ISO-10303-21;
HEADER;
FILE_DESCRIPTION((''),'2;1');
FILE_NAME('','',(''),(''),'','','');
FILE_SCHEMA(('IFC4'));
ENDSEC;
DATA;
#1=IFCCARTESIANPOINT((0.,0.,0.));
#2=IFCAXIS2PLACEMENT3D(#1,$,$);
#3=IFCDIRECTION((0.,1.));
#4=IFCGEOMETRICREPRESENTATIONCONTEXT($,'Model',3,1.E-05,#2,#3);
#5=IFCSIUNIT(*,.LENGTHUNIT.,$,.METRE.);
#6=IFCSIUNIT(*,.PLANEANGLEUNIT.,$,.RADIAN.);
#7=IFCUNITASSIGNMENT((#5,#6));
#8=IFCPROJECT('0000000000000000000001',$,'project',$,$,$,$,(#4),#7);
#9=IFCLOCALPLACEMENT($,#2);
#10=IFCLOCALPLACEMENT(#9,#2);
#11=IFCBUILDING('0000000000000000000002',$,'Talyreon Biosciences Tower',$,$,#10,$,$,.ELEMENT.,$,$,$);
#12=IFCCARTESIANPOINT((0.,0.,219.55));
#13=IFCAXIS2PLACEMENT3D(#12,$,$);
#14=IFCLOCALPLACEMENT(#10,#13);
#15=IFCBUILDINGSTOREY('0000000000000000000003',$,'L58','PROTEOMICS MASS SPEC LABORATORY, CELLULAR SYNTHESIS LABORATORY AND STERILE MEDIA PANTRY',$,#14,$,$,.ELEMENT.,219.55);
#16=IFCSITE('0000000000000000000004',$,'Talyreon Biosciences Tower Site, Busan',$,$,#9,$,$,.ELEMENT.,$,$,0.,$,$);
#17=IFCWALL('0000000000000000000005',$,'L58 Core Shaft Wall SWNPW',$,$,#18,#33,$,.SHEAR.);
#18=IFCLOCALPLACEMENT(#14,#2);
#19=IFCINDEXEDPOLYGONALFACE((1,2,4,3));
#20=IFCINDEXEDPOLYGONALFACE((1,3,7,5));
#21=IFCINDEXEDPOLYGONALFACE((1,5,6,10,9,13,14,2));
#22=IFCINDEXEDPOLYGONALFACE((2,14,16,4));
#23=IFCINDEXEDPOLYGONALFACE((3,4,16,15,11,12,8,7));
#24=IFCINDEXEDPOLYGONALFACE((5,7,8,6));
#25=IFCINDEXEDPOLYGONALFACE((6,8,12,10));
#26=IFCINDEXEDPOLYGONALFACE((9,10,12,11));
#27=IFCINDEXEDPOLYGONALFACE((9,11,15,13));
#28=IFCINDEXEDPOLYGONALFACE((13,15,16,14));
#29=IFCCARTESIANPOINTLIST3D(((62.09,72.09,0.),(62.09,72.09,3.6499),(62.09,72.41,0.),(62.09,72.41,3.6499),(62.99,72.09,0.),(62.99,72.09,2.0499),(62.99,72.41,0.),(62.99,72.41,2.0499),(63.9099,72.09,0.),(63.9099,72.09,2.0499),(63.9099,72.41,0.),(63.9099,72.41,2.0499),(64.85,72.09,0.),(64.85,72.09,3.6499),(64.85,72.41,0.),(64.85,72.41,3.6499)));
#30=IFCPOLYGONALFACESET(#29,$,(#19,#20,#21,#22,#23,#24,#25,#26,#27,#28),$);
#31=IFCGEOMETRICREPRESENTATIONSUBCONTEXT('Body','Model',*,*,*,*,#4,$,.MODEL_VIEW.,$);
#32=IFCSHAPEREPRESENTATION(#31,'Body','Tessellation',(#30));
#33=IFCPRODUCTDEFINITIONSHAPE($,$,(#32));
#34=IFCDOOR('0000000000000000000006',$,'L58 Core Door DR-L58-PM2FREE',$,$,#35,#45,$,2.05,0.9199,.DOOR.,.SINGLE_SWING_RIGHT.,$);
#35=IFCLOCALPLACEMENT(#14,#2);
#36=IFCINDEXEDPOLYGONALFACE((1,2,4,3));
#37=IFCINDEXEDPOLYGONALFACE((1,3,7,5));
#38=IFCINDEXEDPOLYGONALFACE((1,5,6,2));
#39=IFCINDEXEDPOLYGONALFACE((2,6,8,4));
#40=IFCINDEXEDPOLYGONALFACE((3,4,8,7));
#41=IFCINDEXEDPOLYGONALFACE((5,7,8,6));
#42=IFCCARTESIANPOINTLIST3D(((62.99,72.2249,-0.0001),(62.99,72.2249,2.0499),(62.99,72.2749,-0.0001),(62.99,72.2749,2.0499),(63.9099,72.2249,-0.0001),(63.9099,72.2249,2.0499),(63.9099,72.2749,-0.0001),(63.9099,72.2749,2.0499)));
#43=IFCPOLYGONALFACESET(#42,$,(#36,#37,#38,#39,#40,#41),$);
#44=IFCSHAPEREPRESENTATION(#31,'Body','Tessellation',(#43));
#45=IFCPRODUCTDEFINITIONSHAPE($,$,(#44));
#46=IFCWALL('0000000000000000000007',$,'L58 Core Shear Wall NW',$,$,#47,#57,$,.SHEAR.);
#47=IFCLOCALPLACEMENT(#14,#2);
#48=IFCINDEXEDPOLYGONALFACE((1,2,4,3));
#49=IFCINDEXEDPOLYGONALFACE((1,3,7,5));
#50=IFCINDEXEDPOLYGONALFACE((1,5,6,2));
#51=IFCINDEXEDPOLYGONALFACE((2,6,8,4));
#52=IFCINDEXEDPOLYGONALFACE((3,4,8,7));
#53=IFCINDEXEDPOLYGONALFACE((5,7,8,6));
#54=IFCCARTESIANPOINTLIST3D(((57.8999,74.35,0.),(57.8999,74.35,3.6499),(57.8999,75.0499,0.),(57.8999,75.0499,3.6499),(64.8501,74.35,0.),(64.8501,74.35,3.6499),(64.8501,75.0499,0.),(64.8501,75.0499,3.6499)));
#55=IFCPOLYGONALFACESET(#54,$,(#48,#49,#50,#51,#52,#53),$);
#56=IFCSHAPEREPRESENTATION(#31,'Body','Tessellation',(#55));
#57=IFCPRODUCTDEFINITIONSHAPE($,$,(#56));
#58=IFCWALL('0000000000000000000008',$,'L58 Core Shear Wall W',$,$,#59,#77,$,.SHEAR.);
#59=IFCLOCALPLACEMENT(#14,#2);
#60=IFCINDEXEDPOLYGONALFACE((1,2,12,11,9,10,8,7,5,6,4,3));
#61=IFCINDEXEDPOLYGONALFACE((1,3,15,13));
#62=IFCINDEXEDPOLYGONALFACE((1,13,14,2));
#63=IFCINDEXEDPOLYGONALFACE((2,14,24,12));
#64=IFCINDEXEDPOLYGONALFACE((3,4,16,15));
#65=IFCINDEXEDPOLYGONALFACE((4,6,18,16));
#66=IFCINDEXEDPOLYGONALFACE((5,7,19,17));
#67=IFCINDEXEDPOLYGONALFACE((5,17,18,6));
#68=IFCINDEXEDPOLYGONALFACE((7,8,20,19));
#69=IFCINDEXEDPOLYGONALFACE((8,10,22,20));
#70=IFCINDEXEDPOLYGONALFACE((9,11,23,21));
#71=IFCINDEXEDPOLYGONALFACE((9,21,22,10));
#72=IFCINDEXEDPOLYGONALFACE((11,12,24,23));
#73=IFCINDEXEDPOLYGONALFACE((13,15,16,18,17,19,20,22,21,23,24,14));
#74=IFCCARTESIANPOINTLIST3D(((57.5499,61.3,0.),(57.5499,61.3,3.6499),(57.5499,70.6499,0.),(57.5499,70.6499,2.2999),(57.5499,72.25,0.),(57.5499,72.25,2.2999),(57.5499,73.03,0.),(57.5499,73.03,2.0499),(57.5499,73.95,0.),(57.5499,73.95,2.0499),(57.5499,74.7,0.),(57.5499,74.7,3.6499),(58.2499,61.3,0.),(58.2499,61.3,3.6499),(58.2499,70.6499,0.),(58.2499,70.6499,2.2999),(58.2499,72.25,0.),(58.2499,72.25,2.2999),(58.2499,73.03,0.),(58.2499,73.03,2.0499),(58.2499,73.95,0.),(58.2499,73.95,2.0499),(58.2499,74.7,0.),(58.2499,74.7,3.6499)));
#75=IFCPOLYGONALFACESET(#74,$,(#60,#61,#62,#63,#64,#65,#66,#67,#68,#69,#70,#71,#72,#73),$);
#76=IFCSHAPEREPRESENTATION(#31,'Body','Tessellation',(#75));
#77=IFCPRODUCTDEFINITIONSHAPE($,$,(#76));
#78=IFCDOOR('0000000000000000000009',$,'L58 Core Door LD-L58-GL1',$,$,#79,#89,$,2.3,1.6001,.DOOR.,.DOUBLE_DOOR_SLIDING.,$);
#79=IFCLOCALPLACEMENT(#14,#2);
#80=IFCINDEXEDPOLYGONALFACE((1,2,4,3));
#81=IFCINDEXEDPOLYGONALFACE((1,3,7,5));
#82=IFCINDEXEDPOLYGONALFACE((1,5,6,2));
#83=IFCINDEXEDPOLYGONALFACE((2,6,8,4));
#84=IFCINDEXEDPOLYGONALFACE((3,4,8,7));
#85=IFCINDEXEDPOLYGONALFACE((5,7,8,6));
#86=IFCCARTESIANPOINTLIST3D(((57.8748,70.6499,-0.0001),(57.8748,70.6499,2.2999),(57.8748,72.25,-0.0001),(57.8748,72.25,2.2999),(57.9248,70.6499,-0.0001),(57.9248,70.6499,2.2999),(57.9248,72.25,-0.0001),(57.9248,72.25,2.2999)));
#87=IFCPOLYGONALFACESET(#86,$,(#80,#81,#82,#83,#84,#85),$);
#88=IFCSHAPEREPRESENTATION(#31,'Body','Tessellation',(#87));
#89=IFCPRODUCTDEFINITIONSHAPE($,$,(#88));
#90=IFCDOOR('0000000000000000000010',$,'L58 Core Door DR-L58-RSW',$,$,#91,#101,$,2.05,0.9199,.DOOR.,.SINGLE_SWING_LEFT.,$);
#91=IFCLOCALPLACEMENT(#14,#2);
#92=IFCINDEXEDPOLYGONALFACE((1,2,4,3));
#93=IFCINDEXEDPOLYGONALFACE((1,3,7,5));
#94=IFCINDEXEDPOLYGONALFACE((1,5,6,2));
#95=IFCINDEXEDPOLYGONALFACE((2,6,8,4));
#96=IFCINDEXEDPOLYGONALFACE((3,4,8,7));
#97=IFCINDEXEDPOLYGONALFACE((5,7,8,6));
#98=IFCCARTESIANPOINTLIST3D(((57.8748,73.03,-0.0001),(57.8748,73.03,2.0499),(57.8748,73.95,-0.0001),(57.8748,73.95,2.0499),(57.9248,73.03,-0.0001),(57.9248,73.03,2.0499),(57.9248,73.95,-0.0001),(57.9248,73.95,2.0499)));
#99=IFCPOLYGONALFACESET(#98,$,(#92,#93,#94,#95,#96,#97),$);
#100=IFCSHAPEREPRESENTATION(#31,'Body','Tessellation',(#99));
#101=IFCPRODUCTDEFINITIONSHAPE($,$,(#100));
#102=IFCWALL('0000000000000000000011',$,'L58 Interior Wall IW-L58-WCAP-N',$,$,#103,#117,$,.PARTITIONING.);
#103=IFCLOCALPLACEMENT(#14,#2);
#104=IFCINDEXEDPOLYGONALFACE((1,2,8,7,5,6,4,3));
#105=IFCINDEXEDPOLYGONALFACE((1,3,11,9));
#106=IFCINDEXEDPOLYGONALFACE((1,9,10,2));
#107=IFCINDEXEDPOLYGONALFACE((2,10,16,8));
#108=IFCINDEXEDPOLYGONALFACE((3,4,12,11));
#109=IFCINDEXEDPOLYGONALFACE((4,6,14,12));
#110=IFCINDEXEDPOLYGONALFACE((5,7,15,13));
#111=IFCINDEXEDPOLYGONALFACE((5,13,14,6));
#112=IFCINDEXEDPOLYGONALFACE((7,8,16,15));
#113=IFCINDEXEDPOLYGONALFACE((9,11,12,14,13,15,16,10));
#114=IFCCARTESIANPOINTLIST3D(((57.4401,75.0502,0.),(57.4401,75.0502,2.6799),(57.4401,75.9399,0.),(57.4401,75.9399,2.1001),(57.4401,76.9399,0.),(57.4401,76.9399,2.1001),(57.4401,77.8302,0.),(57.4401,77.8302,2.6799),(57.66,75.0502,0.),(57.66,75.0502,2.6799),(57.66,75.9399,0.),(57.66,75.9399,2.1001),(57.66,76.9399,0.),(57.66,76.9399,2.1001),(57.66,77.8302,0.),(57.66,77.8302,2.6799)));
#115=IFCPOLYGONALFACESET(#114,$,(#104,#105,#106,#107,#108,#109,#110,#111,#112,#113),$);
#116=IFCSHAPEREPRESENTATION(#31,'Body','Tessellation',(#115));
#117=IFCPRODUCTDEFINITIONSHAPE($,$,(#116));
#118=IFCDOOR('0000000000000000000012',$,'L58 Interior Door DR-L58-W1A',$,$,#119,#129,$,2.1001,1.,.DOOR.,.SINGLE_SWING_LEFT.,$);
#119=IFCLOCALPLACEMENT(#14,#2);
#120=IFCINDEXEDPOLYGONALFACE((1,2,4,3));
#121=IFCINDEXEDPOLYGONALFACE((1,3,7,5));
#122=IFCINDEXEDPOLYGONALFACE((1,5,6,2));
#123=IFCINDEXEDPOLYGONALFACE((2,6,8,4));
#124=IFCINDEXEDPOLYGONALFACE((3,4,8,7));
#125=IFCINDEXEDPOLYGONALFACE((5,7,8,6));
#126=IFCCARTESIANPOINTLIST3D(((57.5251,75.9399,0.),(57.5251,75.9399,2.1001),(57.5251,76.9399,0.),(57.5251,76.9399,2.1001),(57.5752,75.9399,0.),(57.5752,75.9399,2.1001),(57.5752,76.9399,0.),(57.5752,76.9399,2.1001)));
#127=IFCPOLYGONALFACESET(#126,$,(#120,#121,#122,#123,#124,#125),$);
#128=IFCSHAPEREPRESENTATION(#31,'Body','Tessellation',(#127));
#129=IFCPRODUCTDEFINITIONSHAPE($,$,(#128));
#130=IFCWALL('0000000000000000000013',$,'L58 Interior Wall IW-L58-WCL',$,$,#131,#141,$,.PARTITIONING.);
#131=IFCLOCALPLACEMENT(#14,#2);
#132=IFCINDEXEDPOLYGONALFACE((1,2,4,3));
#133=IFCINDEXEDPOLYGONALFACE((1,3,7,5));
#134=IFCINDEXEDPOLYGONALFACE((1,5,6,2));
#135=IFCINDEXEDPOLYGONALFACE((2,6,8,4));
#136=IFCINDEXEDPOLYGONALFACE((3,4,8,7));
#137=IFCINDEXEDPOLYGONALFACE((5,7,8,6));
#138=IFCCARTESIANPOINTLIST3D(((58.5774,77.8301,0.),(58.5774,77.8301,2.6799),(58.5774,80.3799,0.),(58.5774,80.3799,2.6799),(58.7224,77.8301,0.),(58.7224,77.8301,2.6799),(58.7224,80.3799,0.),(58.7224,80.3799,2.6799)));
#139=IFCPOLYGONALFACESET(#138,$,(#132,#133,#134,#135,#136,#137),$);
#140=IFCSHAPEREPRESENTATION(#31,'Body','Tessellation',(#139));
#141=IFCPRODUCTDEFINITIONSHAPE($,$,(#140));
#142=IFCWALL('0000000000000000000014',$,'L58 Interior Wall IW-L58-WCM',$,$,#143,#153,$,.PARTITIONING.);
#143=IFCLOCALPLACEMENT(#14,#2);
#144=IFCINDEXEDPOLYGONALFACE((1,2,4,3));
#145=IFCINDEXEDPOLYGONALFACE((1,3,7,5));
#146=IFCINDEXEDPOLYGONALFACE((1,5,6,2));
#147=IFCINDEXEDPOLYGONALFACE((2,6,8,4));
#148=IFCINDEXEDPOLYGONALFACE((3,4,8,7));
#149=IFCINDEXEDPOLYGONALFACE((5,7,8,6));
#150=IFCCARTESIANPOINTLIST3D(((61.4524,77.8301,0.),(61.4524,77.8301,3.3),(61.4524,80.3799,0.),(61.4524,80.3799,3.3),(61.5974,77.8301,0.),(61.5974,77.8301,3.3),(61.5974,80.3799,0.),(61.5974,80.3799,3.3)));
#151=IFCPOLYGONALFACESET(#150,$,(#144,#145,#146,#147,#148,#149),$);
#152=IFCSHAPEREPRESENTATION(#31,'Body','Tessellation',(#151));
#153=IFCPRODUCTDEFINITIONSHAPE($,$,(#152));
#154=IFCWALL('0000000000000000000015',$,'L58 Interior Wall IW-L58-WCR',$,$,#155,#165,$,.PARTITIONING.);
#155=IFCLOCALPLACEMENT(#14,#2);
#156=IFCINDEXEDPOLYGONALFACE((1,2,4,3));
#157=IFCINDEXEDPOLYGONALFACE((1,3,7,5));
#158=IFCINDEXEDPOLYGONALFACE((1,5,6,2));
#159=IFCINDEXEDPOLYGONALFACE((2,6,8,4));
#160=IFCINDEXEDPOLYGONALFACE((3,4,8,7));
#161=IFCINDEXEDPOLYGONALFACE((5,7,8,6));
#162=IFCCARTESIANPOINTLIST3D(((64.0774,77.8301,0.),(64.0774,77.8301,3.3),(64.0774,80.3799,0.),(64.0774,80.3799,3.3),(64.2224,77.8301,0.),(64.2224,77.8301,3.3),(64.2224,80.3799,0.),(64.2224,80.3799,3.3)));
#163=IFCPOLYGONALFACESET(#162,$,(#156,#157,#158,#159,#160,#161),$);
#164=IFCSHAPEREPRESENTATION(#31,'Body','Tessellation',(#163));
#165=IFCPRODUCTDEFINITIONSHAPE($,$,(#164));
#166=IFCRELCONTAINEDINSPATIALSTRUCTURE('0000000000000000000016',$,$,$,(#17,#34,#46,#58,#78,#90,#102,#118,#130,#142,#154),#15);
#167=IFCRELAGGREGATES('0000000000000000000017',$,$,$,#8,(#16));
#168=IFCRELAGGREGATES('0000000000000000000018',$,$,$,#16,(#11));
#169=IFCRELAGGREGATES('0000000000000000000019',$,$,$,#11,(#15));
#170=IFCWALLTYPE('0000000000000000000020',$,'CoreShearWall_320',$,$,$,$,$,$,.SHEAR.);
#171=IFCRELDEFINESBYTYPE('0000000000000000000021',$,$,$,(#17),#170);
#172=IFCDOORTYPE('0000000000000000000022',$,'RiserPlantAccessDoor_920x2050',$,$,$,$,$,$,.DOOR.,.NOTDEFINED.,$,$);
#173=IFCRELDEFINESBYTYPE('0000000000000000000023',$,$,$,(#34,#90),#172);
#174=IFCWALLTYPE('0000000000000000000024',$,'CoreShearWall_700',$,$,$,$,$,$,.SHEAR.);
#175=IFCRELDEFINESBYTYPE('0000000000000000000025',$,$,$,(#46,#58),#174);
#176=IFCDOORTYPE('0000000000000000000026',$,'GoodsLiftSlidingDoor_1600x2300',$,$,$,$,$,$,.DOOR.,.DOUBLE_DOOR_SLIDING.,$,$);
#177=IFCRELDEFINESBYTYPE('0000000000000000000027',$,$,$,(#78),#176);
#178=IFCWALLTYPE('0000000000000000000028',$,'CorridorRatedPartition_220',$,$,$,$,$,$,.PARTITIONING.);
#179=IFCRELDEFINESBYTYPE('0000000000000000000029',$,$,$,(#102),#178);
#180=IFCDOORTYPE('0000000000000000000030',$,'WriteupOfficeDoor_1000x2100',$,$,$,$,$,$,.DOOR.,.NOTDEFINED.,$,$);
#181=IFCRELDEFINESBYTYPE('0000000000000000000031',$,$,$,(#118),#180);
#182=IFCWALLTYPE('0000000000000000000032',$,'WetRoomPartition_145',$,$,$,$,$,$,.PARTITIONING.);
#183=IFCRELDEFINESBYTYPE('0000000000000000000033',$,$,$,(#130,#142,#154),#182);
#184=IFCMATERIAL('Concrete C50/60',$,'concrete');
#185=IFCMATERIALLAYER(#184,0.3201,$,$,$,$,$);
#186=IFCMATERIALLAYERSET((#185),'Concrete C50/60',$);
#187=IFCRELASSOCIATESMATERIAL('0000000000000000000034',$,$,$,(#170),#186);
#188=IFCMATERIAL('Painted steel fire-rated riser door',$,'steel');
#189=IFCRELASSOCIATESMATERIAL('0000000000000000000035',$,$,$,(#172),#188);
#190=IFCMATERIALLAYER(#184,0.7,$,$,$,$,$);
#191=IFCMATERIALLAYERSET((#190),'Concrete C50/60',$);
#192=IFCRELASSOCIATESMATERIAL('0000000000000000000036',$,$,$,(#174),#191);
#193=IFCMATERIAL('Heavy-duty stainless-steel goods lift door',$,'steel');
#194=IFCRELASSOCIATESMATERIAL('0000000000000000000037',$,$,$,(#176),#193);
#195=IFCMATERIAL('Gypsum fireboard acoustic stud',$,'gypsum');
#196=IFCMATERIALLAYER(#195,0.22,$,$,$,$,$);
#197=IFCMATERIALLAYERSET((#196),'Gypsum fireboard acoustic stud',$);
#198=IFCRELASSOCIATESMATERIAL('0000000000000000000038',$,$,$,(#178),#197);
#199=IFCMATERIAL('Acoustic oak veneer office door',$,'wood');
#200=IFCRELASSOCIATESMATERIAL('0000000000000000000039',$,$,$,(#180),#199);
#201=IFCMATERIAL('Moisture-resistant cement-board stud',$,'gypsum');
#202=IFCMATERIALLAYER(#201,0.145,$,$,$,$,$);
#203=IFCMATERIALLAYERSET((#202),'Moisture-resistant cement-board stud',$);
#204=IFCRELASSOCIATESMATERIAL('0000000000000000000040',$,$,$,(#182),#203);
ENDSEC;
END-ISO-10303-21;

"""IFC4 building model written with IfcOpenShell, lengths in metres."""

from ifc_helpers import new_model, si_unit, direction, frame, frame_2d, origin, place, context, subcontext, project, spatial, rectangle, extrude, material, layer, layer_set, type_object, element, fill, save


model = new_model("IFC4")

# Units and contexts
model_context = context("Model", 3, precision=1e-05, world=origin(), true_north=direction((0.0, 1.0)))
body_context = subcontext(model_context, "Body", "Model", "MODEL_VIEW")
ifc_project = project(units=[si_unit("LENGTHUNIT", "METRE"), si_unit("PLANEANGLEUNIT", "RADIAN")], contexts=[model_context])

# Site, building, storey
site_placement = place(None, origin())
site = spatial("IfcSite", under=ifc_project, at=site_placement, Name="Talyreon Biosciences Tower Site, Busan", CompositionType="ELEMENT", RefElevation=0.0)
building_placement = place(site_placement, origin())
building = spatial("IfcBuilding", under=site, at=building_placement, Name="Talyreon Biosciences Tower", CompositionType="ELEMENT")
storey_placement = place(building_placement, frame((0.0, 0.0, 219.55)))
storey = spatial("IfcBuildingStorey", under=building, at=storey_placement, Name="L58", Description="PROTEOMICS MASS SPEC LABORATORY, CELLULAR SYNTHESIS LABORATORY AND STERILE MEDIA PANTRY", CompositionType="ELEMENT", Elevation=219.55)

# Shared definitions
ifc_material_1 = material(Name="Concrete C50/60", Category="concrete")

# Shared definitions
ifc_layer_1 = layer(ifc_material_1, 0.3201)
ifc_layer_set_1 = layer_set([ifc_layer_1], Name="Concrete C50/60")
wall_type_1 = type_object("IfcWallType", Name="CoreShearWall_320", PredefinedType="SHEAR", material=ifc_layer_set_1)

# Wall, opening, door
wall_1_placement = place(storey_placement, frame((62.0901, 72.25, 0.0), z_axis=(0.0, 0.0, 1.0), x_axis=(1.0, 0.0, 0.0)))
wall_1 = element("IfcWall", 1, at=wall_1_placement, inside=storey, type_object=wall_type_1, Name="L58 Core Shaft Wall SWNPW", PredefinedType="SHEAR", context=body_context, shape_type="SweptSolid", body=[
    extrude(rectangle(XDim=2.76, YDim=0.3201, at=frame_2d((1.3799, 0.0))), origin(), (0.0, 0.0, 1.0), 3.6499),
])
opening_1_placement = place(wall_1_placement, frame((0.8999, 0.0, 0.0)))
opening_1 = element("IfcOpeningElement", 2, at=opening_1_placement, cuts=wall_1, PredefinedType="OPENING", context=body_context, shape_type="SweptSolid", body=[
    extrude(rectangle(XDim=0.9199, YDim=2.05, at=frame_2d((0.46, 1.0249))), frame((0.0, 0.1699, 0.0), z_axis=(0.0, -1.0, 0.0), x_axis=(1.0, 0.0, 0.0)), (0.0, 0.0, 1.0), 0.3401),
])
ifc_material_2 = material(Name="Painted steel fire-rated riser door", Category="steel")
door_type_1 = type_object("IfcDoorType", Name="RiserPlantAccessDoor_920x2050", OperationType="NOTDEFINED", PredefinedType="DOOR", material=ifc_material_2)
door_1_placement = place(opening_1_placement, origin())
door_1 = element("IfcDoor", 3, at=door_1_placement, inside=storey, type_object=door_type_1, Name="L58 Core Door DR-L58-PM2FREE", OperationType="SINGLE_SWING_RIGHT", OverallHeight=2.05, OverallWidth=0.9199, PredefinedType="DOOR", context=body_context, shape_type="SweptSolid", body=[
    extrude(rectangle(XDim=0.9199, YDim=2.05, at=frame_2d((0.46, 1.0249))), frame((0.0, 0.0249, 0.0), z_axis=(0.0, -1.0, 0.0), x_axis=(1.0, 0.0, 0.0)), (0.0, 0.0, 1.0), 0.05),
])
fill(opening_1, door_1)

# Wall
ifc_layer_2 = layer(ifc_material_1, 0.7)
ifc_layer_set_2 = layer_set([ifc_layer_2], Name="Concrete C50/60")
wall_type_2 = type_object("IfcWallType", Name="CoreShearWall_700", PredefinedType="SHEAR", material=ifc_layer_set_2)
wall_2_placement = place(storey_placement, frame((64.8501, 74.7, 0.0), z_axis=(0.0, 0.0, 1.0), x_axis=(-1.0, 0.0, 0.0)))
element("IfcWall", 4, at=wall_2_placement, inside=storey, type_object=wall_type_2, Name="L58 Core Shear Wall NW", PredefinedType="SHEAR", context=body_context, shape_type="SweptSolid", body=[
    extrude(rectangle(XDim=6.9502, YDim=0.7, at=frame_2d((3.4751, 0.0))), origin(), (0.0, 0.0, 1.0), 3.6499),
])

# Wall, openings, doors
wall_3_placement = place(storey_placement, frame((57.8999, 74.7, 0.0), z_axis=(0.0, 0.0, 1.0), x_axis=(0.0, -1.0, 0.0)))
wall_3 = element("IfcWall", 5, at=wall_3_placement, inside=storey, type_object=wall_type_2, Name="L58 Core Shear Wall W", PredefinedType="SHEAR", context=body_context, shape_type="SweptSolid", body=[
    extrude(rectangle(XDim=13.3999, YDim=0.7, at=frame_2d((6.7, 0.0))), origin(), (0.0, 0.0, 1.0), 3.6499),
])
opening_2_placement = place(wall_3_placement, frame((0.75, 0.0, 0.0)))
opening_2 = element("IfcOpeningElement", 6, at=opening_2_placement, cuts=wall_3, PredefinedType="OPENING", context=body_context, shape_type="SweptSolid", body=[
    extrude(rectangle(XDim=0.9199, YDim=2.05, at=frame_2d((0.46, 1.0249))), frame((0.0, 0.3599, 0.0), z_axis=(0.0, -1.0, 0.0), x_axis=(1.0, 0.0, 0.0)), (0.0, 0.0, 1.0), 0.72),
])
opening_3_placement = place(wall_3_placement, frame((2.45, 0.0, 0.0)))
opening_3 = element("IfcOpeningElement", 7, at=opening_3_placement, cuts=wall_3, PredefinedType="OPENING", context=body_context, shape_type="SweptSolid", body=[
    extrude(rectangle(XDim=1.6001, YDim=2.3, at=frame_2d((0.8, 1.1499))), frame((0.0, 0.3599, 0.0), z_axis=(0.0, -1.0, 0.0), x_axis=(1.0, 0.0, 0.0)), (0.0, 0.0, 1.0), 0.72),
])
ifc_material_3 = material(Name="Heavy-duty stainless-steel goods lift door", Category="steel")
door_type_2 = type_object("IfcDoorType", Name="GoodsLiftSlidingDoor_1600x2300", OperationType="DOUBLE_DOOR_SLIDING", PredefinedType="DOOR", material=ifc_material_3)
door_2_placement = place(opening_3_placement, origin())
door_2 = element("IfcDoor", 8, at=door_2_placement, inside=storey, type_object=door_type_2, Name="L58 Core Door LD-L58-GL1", OperationType="DOUBLE_DOOR_SLIDING", OverallHeight=2.3, OverallWidth=1.6001, PredefinedType="DOOR", context=body_context, shape_type="SweptSolid", body=[
    extrude(rectangle(XDim=1.6001, YDim=2.3, at=frame_2d((0.8, 1.1499))), frame((0.0, 0.0249, 0.0), z_axis=(0.0, -1.0, 0.0), x_axis=(1.0, 0.0, 0.0)), (0.0, 0.0, 1.0), 0.05),
])
fill(opening_3, door_2)
door_3_placement = place(opening_2_placement, origin())
door_3 = element("IfcDoor", 9, at=door_3_placement, inside=storey, type_object=door_type_1, Name="L58 Core Door DR-L58-RSW", OperationType="SINGLE_SWING_LEFT", OverallHeight=2.05, OverallWidth=0.9199, PredefinedType="DOOR", context=body_context, shape_type="SweptSolid", body=[
    extrude(rectangle(XDim=0.9199, YDim=2.05, at=frame_2d((0.46, 1.0249))), frame((0.0, 0.0249, 0.0), z_axis=(0.0, -1.0, 0.0), x_axis=(1.0, 0.0, 0.0)), (0.0, 0.0, 1.0), 0.05),
])
fill(opening_2, door_3)

# Wall, opening, door
ifc_material_4 = material(Name="Gypsum fireboard acoustic stud", Category="gypsum")
ifc_layer_3 = layer(ifc_material_4, 0.22)
ifc_layer_set_3 = layer_set([ifc_layer_3], Name="Gypsum fireboard acoustic stud")
wall_type_3 = type_object("IfcWallType", Name="CorridorRatedPartition_220", PredefinedType="PARTITIONING", material=ifc_layer_set_3)
wall_4_placement = place(storey_placement, frame((57.55, 75.05, 0.0), z_axis=(0.0, 0.0, 1.0), x_axis=(0.0, 1.0, 0.0)))
wall_4 = element("IfcWall", 10, at=wall_4_placement, inside=storey, type_object=wall_type_3, Name="L58 Interior Wall IW-L58-WCAP-N", PredefinedType="PARTITIONING", context=body_context, shape_type="SweptSolid", body=[
    extrude(rectangle(XDim=2.78, YDim=0.22, at=frame_2d((1.3901, 0.0))), origin(), (0.0, 0.0, 1.0), 2.6799),
])
opening_4_placement = place(wall_4_placement, frame((0.8899, 0.0, 0.0)))
opening_4 = element("IfcOpeningElement", 11, at=opening_4_placement, cuts=wall_4, PredefinedType="OPENING", context=body_context, shape_type="SweptSolid", body=[
    extrude(rectangle(XDim=1.0, YDim=2.1001, at=frame_2d((0.5, 1.05))), frame((0.0, 0.1199, 0.0), z_axis=(0.0, -1.0, 0.0), x_axis=(1.0, 0.0, 0.0)), (0.0, 0.0, 1.0), 0.24),
])
ifc_material_5 = material(Name="Acoustic oak veneer office door", Category="wood")
door_type_3 = type_object("IfcDoorType", Name="WriteupOfficeDoor_1000x2100", OperationType="NOTDEFINED", PredefinedType="DOOR", material=ifc_material_5)
door_4_placement = place(opening_4_placement, origin())
door_4 = element("IfcDoor", 12, at=door_4_placement, inside=storey, type_object=door_type_3, Name="L58 Interior Door DR-L58-W1A", OperationType="SINGLE_SWING_LEFT", OverallHeight=2.1001, OverallWidth=1.0, PredefinedType="DOOR", context=body_context, shape_type="SweptSolid", body=[
    extrude(rectangle(XDim=1.0, YDim=2.1001, at=frame_2d((0.5, 1.05))), frame((0.0, 0.0249, 0.0), z_axis=(0.0, -1.0, 0.0), x_axis=(1.0, 0.0, 0.0)), (0.0, 0.0, 1.0), 0.05),
])
fill(opening_4, door_4)

# Walls
ifc_material_6 = material(Name="Moisture-resistant cement-board stud", Category="gypsum")
ifc_layer_4 = layer(ifc_material_6, 0.145)
ifc_layer_set_4 = layer_set([ifc_layer_4], Name="Moisture-resistant cement-board stud")
wall_type_4 = type_object("IfcWallType", Name="WetRoomPartition_145", PredefinedType="PARTITIONING", material=ifc_layer_set_4)
wall_5_placement = place(storey_placement, frame((58.6499, 77.8301, 0.0), z_axis=(0.0, 0.0, 1.0), x_axis=(0.0, 1.0, 0.0)))
element("IfcWall", 13, at=wall_5_placement, inside=storey, type_object=wall_type_4, Name="L58 Interior Wall IW-L58-WCL", PredefinedType="PARTITIONING", context=body_context, shape_type="SweptSolid", body=[
    extrude(rectangle(XDim=2.5498, YDim=0.145, at=frame_2d((1.2749, 0.0))), origin(), (0.0, 0.0, 1.0), 2.6799),
])
for number, where, z_axis, x_axis, name in (
    (14, (61.5249, 77.8301, 0.0), (0.0, 0.0, 1.0), (0.0, 1.0, 0.0), "L58 Interior Wall IW-L58-WCM"),
    (15, (64.1499, 77.8301, 0.0), (0.0, 0.0, 1.0), (0.0, 1.0, 0.0), "L58 Interior Wall IW-L58-WCR"),
):
    element("IfcWall", number, at=place(storey_placement, frame(where, z_axis=z_axis, x_axis=x_axis)), inside=storey, type_object=wall_type_4, Name=name, PredefinedType="PARTITIONING", context=body_context, shape_type="SweptSolid", body=[
        extrude(rectangle(XDim=2.5498, YDim=0.145, at=frame_2d((1.2749, 0.0))), origin(), (0.0, 0.0, 1.0), 3.3),
    ])

save(model, "model.ifc")
